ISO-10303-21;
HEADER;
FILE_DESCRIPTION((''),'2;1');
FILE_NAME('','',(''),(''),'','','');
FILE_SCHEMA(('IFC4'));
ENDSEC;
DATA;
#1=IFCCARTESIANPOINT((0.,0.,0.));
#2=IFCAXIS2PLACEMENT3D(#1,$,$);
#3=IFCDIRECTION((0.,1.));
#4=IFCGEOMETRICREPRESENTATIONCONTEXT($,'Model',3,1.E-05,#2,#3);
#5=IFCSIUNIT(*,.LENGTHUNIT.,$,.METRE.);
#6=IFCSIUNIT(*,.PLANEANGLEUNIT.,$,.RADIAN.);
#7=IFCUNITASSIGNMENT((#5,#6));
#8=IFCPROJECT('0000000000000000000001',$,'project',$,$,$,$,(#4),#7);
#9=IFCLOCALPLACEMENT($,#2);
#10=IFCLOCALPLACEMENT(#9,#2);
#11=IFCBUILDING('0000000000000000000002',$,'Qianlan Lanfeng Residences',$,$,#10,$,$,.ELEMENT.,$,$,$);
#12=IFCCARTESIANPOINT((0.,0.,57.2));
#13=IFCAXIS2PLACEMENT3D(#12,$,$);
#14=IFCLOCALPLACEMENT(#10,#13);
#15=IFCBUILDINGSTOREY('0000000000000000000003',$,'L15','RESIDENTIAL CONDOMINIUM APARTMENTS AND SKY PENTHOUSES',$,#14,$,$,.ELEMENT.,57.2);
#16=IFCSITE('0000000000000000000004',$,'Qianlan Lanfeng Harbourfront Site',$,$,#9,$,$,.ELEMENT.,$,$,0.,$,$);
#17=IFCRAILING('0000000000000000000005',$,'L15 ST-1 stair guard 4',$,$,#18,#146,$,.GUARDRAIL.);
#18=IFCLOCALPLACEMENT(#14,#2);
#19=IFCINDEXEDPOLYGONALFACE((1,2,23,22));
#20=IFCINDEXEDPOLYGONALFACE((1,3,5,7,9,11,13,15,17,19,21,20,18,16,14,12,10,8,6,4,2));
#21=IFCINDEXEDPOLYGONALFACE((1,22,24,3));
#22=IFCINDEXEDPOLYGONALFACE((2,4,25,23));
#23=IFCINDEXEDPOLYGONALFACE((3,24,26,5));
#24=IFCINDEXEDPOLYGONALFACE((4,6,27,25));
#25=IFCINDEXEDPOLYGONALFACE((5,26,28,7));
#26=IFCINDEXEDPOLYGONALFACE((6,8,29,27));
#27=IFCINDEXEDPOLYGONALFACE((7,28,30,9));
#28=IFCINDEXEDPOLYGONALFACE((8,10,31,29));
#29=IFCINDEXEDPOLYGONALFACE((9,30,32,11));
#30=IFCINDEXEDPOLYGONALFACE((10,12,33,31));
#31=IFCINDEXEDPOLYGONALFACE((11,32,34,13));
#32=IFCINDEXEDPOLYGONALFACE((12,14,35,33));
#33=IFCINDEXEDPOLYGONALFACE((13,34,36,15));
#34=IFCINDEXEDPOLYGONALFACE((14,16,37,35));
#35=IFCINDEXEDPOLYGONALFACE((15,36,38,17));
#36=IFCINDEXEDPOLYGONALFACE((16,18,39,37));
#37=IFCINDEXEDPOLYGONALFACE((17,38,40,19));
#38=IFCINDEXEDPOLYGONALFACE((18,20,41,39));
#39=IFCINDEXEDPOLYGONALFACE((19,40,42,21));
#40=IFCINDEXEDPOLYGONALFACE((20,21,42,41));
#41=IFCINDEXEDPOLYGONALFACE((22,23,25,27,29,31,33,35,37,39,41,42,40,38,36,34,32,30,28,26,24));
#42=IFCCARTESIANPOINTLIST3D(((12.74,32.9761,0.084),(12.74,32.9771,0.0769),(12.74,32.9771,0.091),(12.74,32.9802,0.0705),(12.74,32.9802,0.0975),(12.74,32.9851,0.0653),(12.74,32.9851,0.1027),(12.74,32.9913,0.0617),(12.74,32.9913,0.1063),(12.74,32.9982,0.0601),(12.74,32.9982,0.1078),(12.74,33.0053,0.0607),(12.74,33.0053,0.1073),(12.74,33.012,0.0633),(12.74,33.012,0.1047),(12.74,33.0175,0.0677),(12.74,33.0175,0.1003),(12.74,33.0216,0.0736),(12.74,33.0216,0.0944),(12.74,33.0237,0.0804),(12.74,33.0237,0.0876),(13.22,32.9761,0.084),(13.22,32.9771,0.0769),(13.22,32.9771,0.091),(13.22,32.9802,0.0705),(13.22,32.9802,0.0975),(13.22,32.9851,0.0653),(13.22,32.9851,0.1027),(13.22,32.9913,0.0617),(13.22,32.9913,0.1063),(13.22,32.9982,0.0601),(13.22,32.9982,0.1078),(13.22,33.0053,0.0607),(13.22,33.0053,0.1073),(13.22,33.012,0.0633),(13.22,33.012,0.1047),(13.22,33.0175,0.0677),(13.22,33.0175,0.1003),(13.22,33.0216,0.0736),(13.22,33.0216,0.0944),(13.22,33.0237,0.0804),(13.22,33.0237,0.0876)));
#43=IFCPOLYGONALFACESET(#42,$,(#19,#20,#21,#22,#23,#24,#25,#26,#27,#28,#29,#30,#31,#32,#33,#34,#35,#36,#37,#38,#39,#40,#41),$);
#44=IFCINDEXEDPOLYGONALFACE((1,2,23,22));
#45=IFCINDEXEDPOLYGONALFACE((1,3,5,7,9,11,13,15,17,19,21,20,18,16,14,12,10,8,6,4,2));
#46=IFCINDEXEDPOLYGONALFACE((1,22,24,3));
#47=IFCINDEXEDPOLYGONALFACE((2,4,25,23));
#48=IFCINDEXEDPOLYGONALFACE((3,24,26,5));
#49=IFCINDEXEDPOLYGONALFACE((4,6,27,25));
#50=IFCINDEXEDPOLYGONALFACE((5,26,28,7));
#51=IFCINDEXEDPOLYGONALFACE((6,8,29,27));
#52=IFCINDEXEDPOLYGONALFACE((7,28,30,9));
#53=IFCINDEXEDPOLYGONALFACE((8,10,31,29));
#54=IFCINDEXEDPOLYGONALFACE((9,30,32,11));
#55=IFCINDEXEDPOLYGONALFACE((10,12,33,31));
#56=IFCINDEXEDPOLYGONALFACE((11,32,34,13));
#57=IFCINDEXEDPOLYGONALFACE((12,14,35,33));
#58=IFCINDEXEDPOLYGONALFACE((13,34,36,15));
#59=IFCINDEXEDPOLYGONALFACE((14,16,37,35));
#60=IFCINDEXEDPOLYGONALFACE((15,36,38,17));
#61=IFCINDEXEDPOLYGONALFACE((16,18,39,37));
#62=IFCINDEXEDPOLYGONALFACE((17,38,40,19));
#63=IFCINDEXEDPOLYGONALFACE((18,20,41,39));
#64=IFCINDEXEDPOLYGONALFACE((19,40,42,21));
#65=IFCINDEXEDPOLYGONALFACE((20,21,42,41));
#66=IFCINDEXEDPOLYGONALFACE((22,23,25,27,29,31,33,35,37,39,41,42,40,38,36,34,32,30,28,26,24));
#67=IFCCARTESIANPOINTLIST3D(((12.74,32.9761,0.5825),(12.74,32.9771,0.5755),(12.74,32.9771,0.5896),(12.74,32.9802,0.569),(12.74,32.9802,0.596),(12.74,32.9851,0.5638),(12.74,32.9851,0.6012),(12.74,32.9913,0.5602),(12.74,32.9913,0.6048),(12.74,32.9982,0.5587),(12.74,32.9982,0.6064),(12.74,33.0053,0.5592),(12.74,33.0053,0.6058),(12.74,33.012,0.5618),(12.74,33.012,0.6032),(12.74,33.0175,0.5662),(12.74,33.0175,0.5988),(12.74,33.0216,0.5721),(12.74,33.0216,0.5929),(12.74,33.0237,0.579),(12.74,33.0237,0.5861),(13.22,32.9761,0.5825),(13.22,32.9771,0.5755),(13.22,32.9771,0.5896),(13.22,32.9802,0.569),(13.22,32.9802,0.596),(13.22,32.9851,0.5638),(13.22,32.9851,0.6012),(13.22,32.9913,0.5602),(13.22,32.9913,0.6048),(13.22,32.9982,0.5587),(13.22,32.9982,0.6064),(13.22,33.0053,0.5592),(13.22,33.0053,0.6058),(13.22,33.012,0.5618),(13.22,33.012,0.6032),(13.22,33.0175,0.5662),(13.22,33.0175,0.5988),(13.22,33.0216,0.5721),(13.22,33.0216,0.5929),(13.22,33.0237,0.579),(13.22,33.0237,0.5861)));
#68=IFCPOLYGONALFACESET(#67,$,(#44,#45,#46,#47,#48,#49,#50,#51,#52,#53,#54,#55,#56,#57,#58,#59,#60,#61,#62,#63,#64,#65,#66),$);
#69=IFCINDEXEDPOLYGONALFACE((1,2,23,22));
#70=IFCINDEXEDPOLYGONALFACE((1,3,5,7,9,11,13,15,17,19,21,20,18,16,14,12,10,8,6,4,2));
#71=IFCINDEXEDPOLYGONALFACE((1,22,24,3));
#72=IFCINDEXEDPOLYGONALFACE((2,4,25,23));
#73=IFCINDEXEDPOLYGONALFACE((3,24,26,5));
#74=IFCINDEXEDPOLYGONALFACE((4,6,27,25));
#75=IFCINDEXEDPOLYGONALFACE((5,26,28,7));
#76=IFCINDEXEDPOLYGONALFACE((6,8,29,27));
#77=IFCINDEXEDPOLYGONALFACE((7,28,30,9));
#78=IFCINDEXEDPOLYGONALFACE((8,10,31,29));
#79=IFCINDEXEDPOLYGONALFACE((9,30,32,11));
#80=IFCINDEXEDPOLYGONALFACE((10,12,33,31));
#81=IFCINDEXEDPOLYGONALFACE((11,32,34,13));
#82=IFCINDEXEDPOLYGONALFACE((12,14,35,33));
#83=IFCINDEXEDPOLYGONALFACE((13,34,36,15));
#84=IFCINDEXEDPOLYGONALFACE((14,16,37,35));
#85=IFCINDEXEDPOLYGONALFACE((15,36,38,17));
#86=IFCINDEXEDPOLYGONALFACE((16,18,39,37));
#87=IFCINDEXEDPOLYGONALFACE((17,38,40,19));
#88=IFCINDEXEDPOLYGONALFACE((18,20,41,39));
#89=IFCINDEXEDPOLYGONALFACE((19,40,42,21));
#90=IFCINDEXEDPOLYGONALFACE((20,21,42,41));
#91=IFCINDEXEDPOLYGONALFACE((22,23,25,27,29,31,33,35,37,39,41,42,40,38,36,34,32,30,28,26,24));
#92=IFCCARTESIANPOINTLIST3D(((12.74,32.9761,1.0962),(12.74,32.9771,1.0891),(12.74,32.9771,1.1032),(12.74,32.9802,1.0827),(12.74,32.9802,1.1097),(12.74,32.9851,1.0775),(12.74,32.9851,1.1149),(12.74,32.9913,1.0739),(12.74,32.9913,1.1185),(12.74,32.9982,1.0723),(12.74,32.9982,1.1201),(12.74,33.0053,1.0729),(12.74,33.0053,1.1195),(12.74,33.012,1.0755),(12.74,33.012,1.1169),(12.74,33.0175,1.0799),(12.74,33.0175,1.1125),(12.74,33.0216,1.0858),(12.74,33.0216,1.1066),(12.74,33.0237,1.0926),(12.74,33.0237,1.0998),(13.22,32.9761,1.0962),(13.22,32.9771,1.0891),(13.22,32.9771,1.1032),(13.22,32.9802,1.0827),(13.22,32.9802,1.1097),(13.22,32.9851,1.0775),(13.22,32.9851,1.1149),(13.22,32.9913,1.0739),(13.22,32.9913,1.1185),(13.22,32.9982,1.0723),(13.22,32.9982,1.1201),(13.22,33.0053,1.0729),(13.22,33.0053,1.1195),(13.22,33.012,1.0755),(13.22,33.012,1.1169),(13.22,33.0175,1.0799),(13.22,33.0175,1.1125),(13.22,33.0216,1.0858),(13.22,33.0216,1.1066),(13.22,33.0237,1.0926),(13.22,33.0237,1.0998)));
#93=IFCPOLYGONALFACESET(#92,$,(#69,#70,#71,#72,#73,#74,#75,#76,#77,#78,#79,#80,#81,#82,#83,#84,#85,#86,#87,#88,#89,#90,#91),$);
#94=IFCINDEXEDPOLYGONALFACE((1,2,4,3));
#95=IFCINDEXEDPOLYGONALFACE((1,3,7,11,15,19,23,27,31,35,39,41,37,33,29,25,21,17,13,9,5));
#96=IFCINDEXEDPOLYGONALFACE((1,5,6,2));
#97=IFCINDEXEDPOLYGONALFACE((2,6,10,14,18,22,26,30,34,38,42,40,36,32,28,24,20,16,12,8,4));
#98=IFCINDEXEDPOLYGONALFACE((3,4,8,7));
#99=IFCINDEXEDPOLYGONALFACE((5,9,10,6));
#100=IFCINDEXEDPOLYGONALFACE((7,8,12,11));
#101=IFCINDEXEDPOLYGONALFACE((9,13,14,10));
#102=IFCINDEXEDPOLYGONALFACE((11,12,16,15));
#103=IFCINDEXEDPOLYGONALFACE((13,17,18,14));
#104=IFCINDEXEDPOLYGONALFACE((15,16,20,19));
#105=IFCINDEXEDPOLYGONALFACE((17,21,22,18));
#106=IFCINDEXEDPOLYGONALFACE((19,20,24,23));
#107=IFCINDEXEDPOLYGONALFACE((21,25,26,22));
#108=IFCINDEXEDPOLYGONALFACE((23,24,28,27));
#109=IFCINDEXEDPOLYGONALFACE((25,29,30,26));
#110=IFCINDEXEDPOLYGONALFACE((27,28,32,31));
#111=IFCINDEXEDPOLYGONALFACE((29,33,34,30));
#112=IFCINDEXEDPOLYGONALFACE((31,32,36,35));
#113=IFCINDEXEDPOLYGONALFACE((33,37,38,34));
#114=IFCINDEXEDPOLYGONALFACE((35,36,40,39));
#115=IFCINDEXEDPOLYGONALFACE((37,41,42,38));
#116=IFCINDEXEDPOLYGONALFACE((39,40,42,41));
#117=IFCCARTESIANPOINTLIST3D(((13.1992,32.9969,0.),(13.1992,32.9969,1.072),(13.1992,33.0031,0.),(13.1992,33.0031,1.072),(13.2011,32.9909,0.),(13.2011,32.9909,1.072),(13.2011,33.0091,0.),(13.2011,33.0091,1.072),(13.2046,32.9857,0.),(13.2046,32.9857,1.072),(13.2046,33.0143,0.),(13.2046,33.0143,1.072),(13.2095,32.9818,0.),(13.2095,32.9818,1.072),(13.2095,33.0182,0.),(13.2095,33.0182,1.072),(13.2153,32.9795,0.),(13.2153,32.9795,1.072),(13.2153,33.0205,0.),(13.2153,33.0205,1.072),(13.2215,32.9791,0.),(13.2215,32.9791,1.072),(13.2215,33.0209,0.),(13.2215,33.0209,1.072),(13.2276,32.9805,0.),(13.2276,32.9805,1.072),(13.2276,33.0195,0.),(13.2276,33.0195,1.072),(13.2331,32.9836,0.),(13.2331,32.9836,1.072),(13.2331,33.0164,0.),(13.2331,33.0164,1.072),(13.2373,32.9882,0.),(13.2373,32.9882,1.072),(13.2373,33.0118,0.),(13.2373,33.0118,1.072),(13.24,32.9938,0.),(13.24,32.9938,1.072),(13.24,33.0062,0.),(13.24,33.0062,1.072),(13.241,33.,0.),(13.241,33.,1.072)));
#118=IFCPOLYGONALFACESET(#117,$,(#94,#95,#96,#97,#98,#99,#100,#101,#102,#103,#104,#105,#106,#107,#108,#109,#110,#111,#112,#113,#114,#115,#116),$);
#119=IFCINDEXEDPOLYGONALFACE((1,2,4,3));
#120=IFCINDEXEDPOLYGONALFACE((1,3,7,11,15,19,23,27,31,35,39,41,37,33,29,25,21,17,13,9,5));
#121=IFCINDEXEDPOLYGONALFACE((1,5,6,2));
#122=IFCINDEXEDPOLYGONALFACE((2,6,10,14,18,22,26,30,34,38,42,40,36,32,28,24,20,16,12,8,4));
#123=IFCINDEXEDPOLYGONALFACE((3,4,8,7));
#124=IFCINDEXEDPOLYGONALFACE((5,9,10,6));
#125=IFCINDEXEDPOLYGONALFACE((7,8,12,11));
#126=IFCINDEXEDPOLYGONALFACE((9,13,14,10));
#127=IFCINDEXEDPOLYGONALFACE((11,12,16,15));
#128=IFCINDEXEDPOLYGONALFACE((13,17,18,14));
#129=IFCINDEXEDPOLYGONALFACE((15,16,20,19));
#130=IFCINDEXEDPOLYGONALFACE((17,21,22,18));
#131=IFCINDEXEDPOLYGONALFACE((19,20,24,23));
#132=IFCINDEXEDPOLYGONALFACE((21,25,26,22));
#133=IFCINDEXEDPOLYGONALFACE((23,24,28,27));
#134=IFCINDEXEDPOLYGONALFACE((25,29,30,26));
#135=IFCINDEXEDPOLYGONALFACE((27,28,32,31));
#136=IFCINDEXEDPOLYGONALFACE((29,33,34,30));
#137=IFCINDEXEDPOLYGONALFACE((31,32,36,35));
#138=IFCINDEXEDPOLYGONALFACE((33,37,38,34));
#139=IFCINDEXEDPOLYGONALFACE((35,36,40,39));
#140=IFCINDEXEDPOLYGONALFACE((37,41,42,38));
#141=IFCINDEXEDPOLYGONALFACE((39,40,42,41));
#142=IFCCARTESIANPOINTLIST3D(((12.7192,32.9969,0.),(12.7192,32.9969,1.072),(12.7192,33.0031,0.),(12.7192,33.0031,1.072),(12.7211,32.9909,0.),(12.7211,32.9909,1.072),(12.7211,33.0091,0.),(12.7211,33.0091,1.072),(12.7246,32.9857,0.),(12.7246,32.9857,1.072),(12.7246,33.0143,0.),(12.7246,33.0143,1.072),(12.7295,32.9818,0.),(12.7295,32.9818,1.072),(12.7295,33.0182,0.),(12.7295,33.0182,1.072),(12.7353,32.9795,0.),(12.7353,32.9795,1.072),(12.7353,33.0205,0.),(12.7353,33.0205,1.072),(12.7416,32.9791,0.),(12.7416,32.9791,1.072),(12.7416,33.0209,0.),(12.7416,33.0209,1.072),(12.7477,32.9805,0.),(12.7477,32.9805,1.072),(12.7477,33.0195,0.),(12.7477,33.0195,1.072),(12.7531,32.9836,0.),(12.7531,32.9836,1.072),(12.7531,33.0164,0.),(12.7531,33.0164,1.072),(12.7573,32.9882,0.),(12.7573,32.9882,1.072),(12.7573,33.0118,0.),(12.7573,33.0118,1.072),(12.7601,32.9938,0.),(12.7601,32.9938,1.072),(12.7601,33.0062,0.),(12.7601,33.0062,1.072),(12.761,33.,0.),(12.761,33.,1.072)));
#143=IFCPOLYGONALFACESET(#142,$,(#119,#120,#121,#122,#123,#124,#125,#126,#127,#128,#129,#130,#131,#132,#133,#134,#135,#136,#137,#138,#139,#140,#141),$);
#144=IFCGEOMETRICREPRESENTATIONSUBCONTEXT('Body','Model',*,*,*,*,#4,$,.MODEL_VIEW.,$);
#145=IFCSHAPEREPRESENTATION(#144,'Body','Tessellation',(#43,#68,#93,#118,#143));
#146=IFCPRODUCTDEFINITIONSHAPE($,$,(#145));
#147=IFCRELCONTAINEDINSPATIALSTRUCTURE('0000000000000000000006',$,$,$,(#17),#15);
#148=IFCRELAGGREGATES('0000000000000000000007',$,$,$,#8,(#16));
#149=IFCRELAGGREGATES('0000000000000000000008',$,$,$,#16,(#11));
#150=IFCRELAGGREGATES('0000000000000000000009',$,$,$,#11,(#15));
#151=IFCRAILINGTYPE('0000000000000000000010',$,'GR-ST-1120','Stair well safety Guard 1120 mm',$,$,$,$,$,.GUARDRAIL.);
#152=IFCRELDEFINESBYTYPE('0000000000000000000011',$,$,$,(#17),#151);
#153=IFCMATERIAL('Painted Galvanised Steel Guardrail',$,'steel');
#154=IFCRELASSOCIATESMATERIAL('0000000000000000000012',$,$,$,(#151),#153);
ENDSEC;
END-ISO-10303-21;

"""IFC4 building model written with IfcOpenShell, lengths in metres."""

from ifc_helpers import new_model, si_unit, direction, frame, origin, origin_2d, place, context, subcontext, project, spatial, circle, extrude, material, type_object, element, save


model = new_model("IFC4")

# Units and contexts
model_context = context("Model", 3, precision=1e-05, world=origin(), true_north=direction((0.0, 1.0)))
body_context = subcontext(model_context, "Body", "Model", "MODEL_VIEW")
ifc_project = project(units=[si_unit("LENGTHUNIT", "METRE"), si_unit("PLANEANGLEUNIT", "RADIAN")], contexts=[model_context])

# Site, building, storey
site_placement = place(None, origin())
site = spatial("IfcSite", under=ifc_project, at=site_placement, Name="Qianlan Lanfeng Harbourfront Site", CompositionType="ELEMENT", RefElevation=0.0)
building_placement = place(site_placement, origin())
building = spatial("IfcBuilding", under=site, at=building_placement, Name="Qianlan Lanfeng Residences", CompositionType="ELEMENT")
storey_placement = place(building_placement, frame((0.0, 0.0, 57.2)))
storey = spatial("IfcBuildingStorey", under=building, at=storey_placement, Name="L15", Description="RESIDENTIAL CONDOMINIUM APARTMENTS AND SKY PENTHOUSES", CompositionType="ELEMENT", Elevation=57.2)

# Railing
ifc_material_1 = material(Name="Painted Galvanised Steel Guardrail", Category="steel")
railing_type = type_object("IfcRailingType", Name="GR-ST-1120", Description="Stair well safety Guard 1120 mm", PredefinedType="GUARDRAIL", material=ifc_material_1)
railing_placement = place(storey_placement, frame((13.22, 33.0, 0.0)))
element("IfcRailing", 1, at=railing_placement, inside=storey, type_object=railing_type, Name="L15 ST-1 stair guard 4", PredefinedType="GUARDRAIL", context=body_context, shape_type="SweptSolid", body=[
    extrude(circle(Radius=0.0239, at=origin_2d()), frame((0.0, 0.0, 0.084), z_axis=(-1.0, 0.0, 0.0), x_axis=(0.0, -1.0, 0.0)), (0.0, 0.0, 1.0), 0.48),
    extrude(circle(Radius=0.0239, at=origin_2d()), frame((0.0, 0.0, 0.5825), z_axis=(-1.0, 0.0, 0.0), x_axis=(0.0, -1.0, 0.0)), (0.0, 0.0, 1.0), 0.48),
    extrude(circle(Radius=0.0239, at=origin_2d()), frame((0.0, 0.0, 1.0962), z_axis=(-1.0, 0.0, 0.0), x_axis=(0.0, -1.0, 0.0)), (0.0, 0.0, 1.0), 0.48),
    extrude(circle(Radius=0.021, at=origin_2d()), origin(), (0.0, 0.0, 1.0), 1.072),
    extrude(circle(Radius=0.021, at=origin_2d()), frame((-0.48, 0.0, 0.0)), (0.0, 0.0, 1.0), 1.072),
])

save(model, "model.ifc")
